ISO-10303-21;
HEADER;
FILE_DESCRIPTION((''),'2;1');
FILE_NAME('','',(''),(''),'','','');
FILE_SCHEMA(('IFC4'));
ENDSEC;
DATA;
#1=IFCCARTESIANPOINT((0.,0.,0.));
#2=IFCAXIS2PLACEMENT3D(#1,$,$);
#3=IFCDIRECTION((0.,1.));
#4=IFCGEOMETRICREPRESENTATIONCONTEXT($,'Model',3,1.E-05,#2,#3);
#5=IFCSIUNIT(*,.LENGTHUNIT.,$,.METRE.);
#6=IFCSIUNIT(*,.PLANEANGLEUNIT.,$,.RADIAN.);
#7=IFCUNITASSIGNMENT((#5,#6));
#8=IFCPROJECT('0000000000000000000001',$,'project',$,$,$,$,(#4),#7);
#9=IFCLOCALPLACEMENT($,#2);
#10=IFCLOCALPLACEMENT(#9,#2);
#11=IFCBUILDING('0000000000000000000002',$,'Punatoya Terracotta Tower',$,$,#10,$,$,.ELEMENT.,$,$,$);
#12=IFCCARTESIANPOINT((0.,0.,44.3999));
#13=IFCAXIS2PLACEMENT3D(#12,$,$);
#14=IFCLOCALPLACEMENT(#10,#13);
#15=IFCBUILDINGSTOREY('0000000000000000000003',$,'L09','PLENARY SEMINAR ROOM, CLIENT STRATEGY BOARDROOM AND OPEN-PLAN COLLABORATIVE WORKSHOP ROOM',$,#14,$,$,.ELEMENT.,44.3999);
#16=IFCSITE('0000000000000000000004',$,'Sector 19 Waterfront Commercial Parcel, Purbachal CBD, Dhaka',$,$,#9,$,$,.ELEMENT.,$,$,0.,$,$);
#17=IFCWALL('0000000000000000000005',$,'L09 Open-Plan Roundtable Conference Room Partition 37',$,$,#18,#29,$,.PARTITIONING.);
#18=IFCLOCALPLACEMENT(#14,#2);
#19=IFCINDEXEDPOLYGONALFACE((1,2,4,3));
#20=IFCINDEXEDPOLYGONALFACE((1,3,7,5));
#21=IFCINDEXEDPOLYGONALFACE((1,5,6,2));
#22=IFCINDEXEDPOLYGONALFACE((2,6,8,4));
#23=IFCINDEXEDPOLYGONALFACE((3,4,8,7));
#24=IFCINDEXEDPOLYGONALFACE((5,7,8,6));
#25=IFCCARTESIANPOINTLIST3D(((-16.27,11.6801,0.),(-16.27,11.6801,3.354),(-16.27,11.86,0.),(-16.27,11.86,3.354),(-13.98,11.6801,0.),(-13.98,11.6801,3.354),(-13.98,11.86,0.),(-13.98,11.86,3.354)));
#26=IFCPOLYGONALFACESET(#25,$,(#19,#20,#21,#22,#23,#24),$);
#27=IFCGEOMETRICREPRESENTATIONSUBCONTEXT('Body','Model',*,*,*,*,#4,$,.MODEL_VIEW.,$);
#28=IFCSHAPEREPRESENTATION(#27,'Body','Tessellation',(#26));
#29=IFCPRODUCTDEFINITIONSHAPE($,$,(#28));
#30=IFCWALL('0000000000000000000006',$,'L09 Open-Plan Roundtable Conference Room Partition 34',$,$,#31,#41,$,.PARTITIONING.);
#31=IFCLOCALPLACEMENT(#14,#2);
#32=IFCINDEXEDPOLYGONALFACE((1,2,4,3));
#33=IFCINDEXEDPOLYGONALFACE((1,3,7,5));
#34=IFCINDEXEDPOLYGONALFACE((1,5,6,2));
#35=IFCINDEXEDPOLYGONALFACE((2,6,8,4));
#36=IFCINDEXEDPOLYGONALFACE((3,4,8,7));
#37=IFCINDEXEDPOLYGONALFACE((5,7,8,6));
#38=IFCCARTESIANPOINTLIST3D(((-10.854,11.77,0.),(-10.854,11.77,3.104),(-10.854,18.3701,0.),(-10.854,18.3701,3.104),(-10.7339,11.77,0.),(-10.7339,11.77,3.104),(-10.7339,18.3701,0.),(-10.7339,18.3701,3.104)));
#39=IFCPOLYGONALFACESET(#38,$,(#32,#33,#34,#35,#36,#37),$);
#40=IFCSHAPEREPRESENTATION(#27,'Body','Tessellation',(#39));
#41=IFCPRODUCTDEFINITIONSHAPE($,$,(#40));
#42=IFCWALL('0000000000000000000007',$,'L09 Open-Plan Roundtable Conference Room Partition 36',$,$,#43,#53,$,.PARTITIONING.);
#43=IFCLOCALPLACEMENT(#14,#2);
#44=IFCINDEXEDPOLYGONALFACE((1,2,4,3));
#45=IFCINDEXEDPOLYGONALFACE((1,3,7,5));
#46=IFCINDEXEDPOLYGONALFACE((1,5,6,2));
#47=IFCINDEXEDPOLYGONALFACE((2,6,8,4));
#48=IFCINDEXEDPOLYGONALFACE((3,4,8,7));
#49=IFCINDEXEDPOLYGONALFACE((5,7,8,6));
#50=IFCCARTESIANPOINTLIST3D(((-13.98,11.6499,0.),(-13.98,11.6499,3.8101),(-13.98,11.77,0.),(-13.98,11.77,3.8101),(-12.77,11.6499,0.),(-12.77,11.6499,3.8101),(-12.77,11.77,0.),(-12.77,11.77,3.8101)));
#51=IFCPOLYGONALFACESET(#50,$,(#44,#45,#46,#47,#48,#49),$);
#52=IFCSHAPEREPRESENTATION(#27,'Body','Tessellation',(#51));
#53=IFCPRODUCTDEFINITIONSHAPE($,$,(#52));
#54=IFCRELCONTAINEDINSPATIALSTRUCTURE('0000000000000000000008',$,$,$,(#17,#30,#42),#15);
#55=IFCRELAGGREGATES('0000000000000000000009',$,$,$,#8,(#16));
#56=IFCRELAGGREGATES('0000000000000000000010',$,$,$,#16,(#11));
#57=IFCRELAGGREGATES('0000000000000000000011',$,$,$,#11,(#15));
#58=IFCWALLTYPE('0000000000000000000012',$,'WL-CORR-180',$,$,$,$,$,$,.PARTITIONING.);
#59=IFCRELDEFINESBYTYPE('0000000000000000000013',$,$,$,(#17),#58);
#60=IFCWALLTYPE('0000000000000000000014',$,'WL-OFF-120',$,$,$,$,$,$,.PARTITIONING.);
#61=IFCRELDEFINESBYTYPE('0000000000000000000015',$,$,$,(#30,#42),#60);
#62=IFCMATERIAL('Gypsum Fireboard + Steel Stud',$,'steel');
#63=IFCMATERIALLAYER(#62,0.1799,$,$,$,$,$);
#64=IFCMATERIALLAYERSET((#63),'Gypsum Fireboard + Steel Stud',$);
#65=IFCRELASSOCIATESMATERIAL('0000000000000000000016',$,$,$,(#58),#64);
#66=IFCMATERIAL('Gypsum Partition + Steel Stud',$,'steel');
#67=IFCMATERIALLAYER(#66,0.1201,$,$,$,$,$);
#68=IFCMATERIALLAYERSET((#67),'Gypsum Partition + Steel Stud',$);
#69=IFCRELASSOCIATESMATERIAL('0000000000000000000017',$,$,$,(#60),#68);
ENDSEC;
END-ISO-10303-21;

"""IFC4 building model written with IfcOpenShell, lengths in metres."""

from ifc_helpers import new_model, si_unit, direction, frame, frame_2d, origin, place, context, subcontext, project, spatial, rectangle, extrude, material, layer, layer_set, type_object, element, save


model = new_model("IFC4")

# Units and contexts
model_context = context("Model", 3, precision=1e-05, world=origin(), true_north=direction((0.0, 1.0)))
body_context = subcontext(model_context, "Body", "Model", "MODEL_VIEW")
ifc_project = project(units=[si_unit("LENGTHUNIT", "METRE"), si_unit("PLANEANGLEUNIT", "RADIAN")], contexts=[model_context])

# Site, building, storey
site_placement = place(None, origin())
site = spatial("IfcSite", under=ifc_project, at=site_placement, Name="Sector 19 Waterfront Commercial Parcel, Purbachal CBD, Dhaka", CompositionType="ELEMENT", RefElevation=0.0)
building_placement = place(site_placement, origin())
building = spatial("IfcBuilding", under=site, at=building_placement, Name="Punatoya Terracotta Tower", CompositionType="ELEMENT")
storey_placement = place(building_placement, frame((0.0, 0.0, 44.3999)))
storey = spatial("IfcBuildingStorey", under=building, at=storey_placement, Name="L09", Description="PLENARY SEMINAR ROOM, CLIENT STRATEGY BOARDROOM AND OPEN-PLAN COLLABORATIVE WORKSHOP ROOM", CompositionType="ELEMENT", Elevation=44.3999)

# Shared definitions
ifc_material_1 = material(Name="Gypsum Fireboard + Steel Stud", Category="steel")
ifc_layer_1 = layer(ifc_material_1, 0.1799)
ifc_layer_set_1 = layer_set([ifc_layer_1], Name="Gypsum Fireboard + Steel Stud")
wall_type_1 = type_object("IfcWallType", Name="WL-CORR-180", PredefinedType="PARTITIONING", material=ifc_layer_set_1)

# Walls
wall_1_placement = place(storey_placement, frame((-13.98, 11.77, 0.0), z_axis=(0.0, 0.0, 1.0), x_axis=(-1.0, 0.0, 0.0)))
element("IfcWall", 1, at=wall_1_placement, inside=storey, type_object=wall_type_1, Name="L09 Open-Plan Roundtable Conference Room Partition 37", PredefinedType="PARTITIONING", context=body_context, shape_type="SweptSolid", body=[
    extrude(rectangle(XDim=2.29, YDim=0.1799, at=frame_2d((1.145, 0.0))), origin(), (0.0, 0.0, 1.0), 3.354),
])
ifc_material_2 = material(Name="Gypsum Partition + Steel Stud", Category="steel")
ifc_layer_2 = layer(ifc_material_2, 0.1201)
ifc_layer_set_2 = layer_set([ifc_layer_2], Name="Gypsum Partition + Steel Stud")
wall_type_2 = type_object("IfcWallType", Name="WL-OFF-120", PredefinedType="PARTITIONING", material=ifc_layer_set_2)
wall_2_placement = place(storey_placement, frame((-10.7939, 18.3701, 0.0), z_axis=(0.0, 0.0, 1.0), x_axis=(0.0, -1.0, 0.0)))
element("IfcWall", 2, at=wall_2_placement, inside=storey, type_object=wall_type_2, Name="L09 Open-Plan Roundtable Conference Room Partition 34", PredefinedType="PARTITIONING", context=body_context, shape_type="SweptSolid", body=[
    extrude(rectangle(XDim=6.6001, YDim=0.1201, at=frame_2d((3.3, 0.0))), origin(), (0.0, 0.0, 1.0), 3.104),
])
wall_3_placement = place(storey_placement, frame((-12.77, 11.71, 0.0), z_axis=(0.0, 0.0, 1.0), x_axis=(-1.0, 0.0, 0.0)))
element("IfcWall", 3, at=wall_3_placement, inside=storey, type_object=wall_type_2, Name="L09 Open-Plan Roundtable Conference Room Partition 36", PredefinedType="PARTITIONING", context=body_context, shape_type="SweptSolid", body=[
    extrude(rectangle(XDim=1.21, YDim=0.1201, at=frame_2d((0.605, 0.0))), origin(), (0.0, 0.0, 1.0), 3.8101),
])

save(model, "model.ifc")
